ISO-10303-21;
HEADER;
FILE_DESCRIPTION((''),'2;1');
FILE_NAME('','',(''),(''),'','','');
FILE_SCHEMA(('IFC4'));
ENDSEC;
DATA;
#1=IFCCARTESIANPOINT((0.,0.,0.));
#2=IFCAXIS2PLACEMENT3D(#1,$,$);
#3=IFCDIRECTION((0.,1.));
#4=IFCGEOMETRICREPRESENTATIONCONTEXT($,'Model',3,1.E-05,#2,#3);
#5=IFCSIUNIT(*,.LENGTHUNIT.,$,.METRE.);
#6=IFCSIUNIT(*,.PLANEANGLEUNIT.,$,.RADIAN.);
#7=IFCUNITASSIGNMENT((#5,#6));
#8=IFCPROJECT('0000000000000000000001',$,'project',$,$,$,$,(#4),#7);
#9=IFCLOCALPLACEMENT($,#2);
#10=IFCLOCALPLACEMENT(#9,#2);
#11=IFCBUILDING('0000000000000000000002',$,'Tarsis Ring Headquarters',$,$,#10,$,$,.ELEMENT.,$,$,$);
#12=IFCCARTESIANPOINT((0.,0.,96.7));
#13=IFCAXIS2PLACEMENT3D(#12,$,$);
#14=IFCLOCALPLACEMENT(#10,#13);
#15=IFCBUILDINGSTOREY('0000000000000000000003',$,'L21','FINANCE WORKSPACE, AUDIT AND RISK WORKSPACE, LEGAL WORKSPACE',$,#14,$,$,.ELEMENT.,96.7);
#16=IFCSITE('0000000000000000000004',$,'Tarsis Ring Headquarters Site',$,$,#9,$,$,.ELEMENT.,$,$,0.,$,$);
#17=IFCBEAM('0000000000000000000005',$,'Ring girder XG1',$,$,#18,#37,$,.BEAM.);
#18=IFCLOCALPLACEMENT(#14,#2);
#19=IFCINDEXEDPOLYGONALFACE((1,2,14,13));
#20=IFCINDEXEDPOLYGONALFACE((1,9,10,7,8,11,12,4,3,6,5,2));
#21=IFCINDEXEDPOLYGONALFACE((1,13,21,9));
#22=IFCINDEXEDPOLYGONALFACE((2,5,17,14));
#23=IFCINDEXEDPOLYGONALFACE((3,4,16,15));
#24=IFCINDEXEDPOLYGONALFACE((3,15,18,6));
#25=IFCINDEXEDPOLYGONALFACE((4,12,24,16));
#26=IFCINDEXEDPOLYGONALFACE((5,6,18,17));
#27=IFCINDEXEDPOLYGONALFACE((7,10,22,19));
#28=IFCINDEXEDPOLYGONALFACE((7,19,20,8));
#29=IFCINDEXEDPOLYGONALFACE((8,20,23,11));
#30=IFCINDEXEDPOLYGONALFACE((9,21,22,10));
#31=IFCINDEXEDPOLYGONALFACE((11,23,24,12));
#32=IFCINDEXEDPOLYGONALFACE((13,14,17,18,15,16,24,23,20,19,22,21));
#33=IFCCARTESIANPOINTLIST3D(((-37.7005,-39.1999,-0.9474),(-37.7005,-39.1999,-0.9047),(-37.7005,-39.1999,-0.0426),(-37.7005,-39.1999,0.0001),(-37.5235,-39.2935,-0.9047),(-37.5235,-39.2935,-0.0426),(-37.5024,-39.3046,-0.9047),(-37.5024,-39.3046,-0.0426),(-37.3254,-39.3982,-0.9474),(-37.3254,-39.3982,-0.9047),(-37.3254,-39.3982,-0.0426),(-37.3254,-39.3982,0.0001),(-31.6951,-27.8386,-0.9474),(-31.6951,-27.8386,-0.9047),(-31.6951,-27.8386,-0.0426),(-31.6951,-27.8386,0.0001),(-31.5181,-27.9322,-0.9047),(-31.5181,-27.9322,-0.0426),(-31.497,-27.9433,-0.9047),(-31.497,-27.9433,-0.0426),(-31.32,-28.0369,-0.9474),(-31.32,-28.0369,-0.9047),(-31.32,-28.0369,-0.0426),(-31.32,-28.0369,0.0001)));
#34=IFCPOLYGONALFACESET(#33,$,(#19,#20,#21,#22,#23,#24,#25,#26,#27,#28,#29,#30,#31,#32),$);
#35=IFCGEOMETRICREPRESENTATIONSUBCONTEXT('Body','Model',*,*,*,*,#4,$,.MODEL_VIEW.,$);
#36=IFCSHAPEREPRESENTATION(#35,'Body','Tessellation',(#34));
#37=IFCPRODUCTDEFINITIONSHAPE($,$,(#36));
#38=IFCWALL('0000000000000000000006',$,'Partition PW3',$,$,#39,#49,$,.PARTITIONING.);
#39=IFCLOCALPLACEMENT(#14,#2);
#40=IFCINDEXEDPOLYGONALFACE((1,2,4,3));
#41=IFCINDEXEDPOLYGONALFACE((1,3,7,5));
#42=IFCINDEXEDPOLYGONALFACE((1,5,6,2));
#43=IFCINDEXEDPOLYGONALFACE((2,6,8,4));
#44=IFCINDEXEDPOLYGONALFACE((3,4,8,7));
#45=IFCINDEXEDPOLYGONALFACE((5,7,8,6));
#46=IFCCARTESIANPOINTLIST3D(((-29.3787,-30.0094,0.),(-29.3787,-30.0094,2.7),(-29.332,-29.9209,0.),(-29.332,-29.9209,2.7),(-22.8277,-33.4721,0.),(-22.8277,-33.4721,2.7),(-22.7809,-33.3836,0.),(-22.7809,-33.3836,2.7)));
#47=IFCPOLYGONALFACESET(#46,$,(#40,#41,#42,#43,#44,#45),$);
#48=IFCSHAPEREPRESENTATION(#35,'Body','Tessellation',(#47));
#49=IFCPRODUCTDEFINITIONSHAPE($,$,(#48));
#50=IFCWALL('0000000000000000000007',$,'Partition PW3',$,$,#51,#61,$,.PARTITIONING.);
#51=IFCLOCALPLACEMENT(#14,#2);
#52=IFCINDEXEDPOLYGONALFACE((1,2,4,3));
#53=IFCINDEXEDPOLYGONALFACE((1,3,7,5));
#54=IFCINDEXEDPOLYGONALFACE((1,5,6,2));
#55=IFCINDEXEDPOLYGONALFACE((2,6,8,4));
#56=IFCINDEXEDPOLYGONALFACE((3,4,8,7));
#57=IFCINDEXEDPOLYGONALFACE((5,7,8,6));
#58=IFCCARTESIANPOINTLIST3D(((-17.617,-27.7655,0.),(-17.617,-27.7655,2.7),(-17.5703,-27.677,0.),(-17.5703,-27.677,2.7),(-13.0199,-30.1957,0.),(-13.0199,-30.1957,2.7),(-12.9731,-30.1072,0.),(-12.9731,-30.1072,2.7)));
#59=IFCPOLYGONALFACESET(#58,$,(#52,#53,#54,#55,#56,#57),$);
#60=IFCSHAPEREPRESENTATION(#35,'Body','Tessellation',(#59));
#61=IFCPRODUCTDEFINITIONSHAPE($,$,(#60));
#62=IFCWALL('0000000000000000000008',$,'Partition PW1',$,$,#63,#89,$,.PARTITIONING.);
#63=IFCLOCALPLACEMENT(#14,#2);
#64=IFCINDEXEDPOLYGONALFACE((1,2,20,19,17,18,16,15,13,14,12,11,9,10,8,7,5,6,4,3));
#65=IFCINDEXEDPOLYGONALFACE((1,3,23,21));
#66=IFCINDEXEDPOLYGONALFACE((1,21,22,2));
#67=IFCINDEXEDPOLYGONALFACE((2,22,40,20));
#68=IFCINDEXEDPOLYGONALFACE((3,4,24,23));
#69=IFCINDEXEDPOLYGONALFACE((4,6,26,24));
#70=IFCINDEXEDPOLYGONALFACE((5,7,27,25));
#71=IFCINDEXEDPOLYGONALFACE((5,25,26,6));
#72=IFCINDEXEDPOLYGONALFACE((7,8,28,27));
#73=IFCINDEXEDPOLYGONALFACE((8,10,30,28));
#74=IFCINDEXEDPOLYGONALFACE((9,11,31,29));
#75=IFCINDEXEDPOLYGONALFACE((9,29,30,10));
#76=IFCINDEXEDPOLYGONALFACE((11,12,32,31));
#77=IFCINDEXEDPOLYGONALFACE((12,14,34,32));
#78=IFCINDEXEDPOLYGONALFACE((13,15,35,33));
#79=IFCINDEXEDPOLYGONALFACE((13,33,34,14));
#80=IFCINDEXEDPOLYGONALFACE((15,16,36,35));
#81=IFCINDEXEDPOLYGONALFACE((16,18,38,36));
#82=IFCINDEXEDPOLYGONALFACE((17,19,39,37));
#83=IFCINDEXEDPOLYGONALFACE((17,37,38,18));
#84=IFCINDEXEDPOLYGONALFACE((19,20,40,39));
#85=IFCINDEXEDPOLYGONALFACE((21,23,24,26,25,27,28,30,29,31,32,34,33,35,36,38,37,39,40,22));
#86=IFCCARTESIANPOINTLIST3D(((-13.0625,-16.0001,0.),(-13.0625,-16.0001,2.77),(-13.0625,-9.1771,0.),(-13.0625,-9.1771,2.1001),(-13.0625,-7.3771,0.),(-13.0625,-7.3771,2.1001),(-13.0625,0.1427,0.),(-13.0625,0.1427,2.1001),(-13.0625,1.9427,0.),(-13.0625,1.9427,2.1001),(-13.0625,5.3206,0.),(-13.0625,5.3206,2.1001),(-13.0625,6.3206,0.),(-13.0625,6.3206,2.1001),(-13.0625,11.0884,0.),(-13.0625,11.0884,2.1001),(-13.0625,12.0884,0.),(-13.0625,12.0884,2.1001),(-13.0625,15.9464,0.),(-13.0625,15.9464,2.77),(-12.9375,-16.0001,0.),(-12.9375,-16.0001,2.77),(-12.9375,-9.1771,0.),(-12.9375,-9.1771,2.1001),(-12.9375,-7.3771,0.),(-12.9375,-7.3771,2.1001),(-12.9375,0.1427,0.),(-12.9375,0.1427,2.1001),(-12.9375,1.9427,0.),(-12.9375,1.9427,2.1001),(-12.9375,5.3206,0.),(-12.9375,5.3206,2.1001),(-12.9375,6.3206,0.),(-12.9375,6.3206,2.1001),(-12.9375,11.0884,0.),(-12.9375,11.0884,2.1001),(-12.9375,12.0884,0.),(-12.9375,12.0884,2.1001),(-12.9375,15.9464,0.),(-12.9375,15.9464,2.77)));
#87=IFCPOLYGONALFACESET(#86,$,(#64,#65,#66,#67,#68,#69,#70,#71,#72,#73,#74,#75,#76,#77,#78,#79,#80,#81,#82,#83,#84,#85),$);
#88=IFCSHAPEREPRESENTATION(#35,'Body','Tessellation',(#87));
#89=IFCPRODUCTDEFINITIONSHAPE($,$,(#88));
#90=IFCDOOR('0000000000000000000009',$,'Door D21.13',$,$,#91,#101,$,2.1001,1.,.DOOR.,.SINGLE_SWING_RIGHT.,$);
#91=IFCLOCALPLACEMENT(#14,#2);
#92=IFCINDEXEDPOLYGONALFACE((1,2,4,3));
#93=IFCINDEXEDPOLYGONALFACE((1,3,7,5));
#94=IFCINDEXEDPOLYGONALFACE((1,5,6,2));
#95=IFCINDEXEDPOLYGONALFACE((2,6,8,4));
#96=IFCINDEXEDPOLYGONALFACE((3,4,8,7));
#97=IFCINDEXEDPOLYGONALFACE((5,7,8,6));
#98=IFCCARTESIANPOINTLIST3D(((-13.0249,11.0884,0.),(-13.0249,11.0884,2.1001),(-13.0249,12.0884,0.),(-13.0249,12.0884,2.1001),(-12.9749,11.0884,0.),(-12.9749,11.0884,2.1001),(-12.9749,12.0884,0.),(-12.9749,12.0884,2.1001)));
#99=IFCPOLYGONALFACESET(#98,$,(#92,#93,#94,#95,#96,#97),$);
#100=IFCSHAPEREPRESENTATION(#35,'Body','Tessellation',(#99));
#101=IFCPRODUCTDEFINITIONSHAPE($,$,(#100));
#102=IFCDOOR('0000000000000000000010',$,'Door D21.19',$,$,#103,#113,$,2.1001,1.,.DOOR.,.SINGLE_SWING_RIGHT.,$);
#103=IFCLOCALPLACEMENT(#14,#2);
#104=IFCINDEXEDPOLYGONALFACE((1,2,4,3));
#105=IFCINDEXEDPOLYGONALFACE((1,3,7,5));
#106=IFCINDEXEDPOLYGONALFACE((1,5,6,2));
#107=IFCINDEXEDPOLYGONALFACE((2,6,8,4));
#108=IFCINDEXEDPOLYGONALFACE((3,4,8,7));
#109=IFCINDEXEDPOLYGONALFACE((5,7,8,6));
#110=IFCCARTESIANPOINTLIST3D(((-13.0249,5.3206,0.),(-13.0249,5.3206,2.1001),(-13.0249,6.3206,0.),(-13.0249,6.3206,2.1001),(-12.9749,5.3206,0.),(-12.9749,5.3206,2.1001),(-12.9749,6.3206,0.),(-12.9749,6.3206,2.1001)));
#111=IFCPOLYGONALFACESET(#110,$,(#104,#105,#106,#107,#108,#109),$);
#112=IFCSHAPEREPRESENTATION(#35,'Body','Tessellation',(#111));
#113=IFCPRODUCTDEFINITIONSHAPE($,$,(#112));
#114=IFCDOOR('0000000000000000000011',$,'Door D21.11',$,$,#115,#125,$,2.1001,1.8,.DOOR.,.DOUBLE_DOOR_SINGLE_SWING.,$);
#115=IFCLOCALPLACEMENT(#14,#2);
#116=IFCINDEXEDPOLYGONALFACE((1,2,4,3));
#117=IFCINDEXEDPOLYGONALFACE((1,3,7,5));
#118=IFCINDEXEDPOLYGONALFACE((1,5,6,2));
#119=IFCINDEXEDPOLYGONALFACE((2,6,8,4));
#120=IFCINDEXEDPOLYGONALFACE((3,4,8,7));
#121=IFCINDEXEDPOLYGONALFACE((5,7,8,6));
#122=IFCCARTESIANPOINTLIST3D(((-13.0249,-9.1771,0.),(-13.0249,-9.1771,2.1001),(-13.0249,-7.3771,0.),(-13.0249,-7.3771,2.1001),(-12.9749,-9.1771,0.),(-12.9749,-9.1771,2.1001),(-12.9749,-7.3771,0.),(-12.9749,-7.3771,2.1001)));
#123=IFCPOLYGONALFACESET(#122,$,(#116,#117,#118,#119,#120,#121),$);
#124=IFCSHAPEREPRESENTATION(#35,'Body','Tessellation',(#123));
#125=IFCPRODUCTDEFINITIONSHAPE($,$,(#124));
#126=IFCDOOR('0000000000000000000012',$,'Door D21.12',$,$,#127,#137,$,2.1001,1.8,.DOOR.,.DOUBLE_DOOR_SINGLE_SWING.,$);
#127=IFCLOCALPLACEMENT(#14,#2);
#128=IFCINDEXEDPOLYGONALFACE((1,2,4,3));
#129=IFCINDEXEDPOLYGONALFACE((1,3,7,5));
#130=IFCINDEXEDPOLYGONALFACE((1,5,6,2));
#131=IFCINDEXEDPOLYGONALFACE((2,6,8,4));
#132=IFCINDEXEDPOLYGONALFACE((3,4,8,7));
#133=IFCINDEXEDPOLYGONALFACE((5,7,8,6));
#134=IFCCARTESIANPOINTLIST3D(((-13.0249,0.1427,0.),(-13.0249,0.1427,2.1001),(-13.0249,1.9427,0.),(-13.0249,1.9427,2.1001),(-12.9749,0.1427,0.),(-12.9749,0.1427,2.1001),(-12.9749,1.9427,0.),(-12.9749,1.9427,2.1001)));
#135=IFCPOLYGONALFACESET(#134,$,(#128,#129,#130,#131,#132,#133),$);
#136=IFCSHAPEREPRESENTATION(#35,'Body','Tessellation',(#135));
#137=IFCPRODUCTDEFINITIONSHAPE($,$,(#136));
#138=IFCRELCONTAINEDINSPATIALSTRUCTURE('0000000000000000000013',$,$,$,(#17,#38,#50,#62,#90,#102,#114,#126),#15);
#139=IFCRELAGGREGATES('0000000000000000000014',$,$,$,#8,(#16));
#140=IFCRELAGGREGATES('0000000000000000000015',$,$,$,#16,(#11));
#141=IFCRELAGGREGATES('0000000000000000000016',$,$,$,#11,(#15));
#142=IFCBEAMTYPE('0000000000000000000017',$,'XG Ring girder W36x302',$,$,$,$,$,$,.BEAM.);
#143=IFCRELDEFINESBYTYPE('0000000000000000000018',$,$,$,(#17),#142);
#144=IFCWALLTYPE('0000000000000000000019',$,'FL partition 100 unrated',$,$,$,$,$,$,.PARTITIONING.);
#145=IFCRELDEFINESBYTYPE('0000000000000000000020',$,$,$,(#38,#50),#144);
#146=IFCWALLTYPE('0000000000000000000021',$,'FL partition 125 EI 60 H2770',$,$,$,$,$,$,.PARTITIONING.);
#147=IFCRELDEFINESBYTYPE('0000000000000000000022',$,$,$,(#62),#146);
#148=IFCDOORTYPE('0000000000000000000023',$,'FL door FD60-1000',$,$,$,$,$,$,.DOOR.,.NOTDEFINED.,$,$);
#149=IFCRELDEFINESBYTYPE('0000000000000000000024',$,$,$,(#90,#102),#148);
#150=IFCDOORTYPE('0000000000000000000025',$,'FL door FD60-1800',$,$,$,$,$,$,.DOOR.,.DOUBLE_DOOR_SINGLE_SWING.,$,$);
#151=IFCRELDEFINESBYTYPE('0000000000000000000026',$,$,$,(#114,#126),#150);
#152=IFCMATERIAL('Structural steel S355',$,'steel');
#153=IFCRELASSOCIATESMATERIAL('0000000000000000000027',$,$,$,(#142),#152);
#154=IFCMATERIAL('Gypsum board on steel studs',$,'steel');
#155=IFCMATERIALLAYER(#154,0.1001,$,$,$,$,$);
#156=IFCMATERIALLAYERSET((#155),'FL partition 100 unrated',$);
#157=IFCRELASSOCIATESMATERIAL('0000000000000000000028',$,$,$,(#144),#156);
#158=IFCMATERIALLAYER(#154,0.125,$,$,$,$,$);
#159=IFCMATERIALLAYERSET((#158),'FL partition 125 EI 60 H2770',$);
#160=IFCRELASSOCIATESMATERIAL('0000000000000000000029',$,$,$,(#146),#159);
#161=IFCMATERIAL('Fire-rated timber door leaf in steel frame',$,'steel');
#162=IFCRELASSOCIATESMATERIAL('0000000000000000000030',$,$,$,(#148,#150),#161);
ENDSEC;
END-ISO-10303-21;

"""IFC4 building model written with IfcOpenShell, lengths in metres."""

from ifc_helpers import new_model, si_unit, direction, frame, frame_2d, origin, origin_2d, place, context, subcontext, project, spatial, rectangle, i_section, extrude, material, layer, layer_set, material_profile, profile_set, type_object, element, fill, save


model = new_model("IFC4")

# Units and contexts
model_context = context("Model", 3, precision=1e-05, world=origin(), true_north=direction((0.0, 1.0)))
body_context = subcontext(model_context, "Body", "Model", "MODEL_VIEW")
ifc_project = project(units=[si_unit("LENGTHUNIT", "METRE"), si_unit("PLANEANGLEUNIT", "RADIAN")], contexts=[model_context])

# Site, building, storey
site_placement = place(None, origin())
site = spatial("IfcSite", under=ifc_project, at=site_placement, Name="Tarsis Ring Headquarters Site", CompositionType="ELEMENT", RefElevation=0.0)
building_placement = place(site_placement, origin())
building = spatial("IfcBuilding", under=site, at=building_placement, Name="Tarsis Ring Headquarters", CompositionType="ELEMENT")
storey_placement = place(building_placement, frame((0.0, 0.0, 96.7)))
storey = spatial("IfcBuildingStorey", under=building, at=storey_placement, Name="L21", Description="FINANCE WORKSPACE, AUDIT AND RISK WORKSPACE, LEGAL WORKSPACE", CompositionType="ELEMENT", Elevation=96.7)

# Shared definitions
ifc_material_1 = material(Name="Structural steel S355", Category="steel")

# Beam
ifc_material_profile_1 = material_profile(ifc_material_1, i_section(OverallWidth=0.4243, OverallDepth=0.9475, WebThickness=0.0239, FlangeThickness=0.0427, at=origin_2d()), Name="W36x302")
ifc_profile_set_1 = profile_set([ifc_material_profile_1], Name="Structural steel S355")
beam_type_1 = type_object("IfcBeamType", Name="XG Ring girder W36x302", PredefinedType="BEAM", material=ifc_profile_set_1)
beam_1_placement = place(storey_placement, frame((-31.5076, -27.9377, -0.4736), z_axis=(-0.467313, -0.884092, 0.0), x_axis=(0.884092, -0.467313, 0.0)))
element("IfcBeam", 1, at=beam_1_placement, inside=storey, type_object=beam_type_1, Name="Ring girder XG1", PredefinedType="BEAM", context=body_context, shape_type="SweptSolid", body=[
    extrude(i_section(OverallWidth=0.4243, OverallDepth=0.9475, WebThickness=0.0239, FlangeThickness=0.0427, at=origin_2d()), origin(), (0.0, 0.0, 1.0), 12.8508),
])

# Walls
ifc_material_2 = material(Name="Gypsum board on steel studs", Category="steel")
ifc_layer_1 = layer(ifc_material_2, 0.1001)
ifc_layer_set_1 = layer_set([ifc_layer_1], Name="FL partition 100 unrated")
wall_type_1 = type_object("IfcWallType", Name="FL partition 100 unrated", PredefinedType="PARTITIONING", material=ifc_layer_set_1)
wall_1_placement = place(storey_placement, frame((-29.3555, -29.9651, 0.0), z_axis=(0.0, 0.0, 1.0), x_axis=(0.884097, -0.467303, 0.0)))
element("IfcWall", 2, at=wall_1_placement, inside=storey, type_object=wall_type_1, Name="Partition PW3", PredefinedType="PARTITIONING", context=body_context, shape_type="SweptSolid", body=[
    extrude(rectangle(XDim=7.4099, YDim=0.1001, at=frame_2d((3.7051, 0.0))), origin(), (0.0, 0.0, 1.0), 2.7),
])
wall_2_placement = place(storey_placement, frame((-17.5938, -27.7212, 0.0), z_axis=(0.0, 0.0, 1.0), x_axis=(0.884076, -0.467344, 0.0)))
element("IfcWall", 3, at=wall_2_placement, inside=storey, type_object=wall_type_1, Name="Partition PW3", PredefinedType="PARTITIONING", context=body_context, shape_type="SweptSolid", body=[
    extrude(rectangle(XDim=5.2, YDim=0.1001, at=frame_2d((2.6001, 0.0))), origin(), (0.0, 0.0, 1.0), 2.7),
])

# Wall, openings, doors
ifc_layer_2 = layer(ifc_material_2, 0.125)
ifc_layer_set_2 = layer_set([ifc_layer_2], Name="FL partition 125 EI 60 H2770")
wall_type_2 = type_object("IfcWallType", Name="FL partition 125 EI 60 H2770", PredefinedType="PARTITIONING", material=ifc_layer_set_2)
wall_3_placement = place(storey_placement, frame((-13.0, -16.0, 0.0), z_axis=(0.0, 0.0, 1.0), x_axis=(0.0, 1.0, 0.0)))
wall_3 = element("IfcWall", 4, at=wall_3_placement, inside=storey, type_object=wall_type_2, Name="Partition PW1", PredefinedType="PARTITIONING", context=body_context, shape_type="SweptSolid", body=[
    extrude(rectangle(XDim=31.9465, YDim=0.125, at=frame_2d((15.9731, 0.0))), origin(), (0.0, 0.0, 1.0), 2.77),
])
opening_1_placement = place(wall_3_placement, frame((6.823, 0.0, 0.0)))
opening_1 = element("IfcOpeningElement", 5, at=opening_1_placement, cuts=wall_3, PredefinedType="OPENING", context=body_context, shape_type="SweptSolid", body=[
    extrude(rectangle(XDim=1.8, YDim=2.1001, at=frame_2d((0.8999, 1.05))), frame((0.0, 0.0725, 0.0), z_axis=(0.0, -1.0, 0.0), x_axis=(1.0, 0.0, 0.0)), (0.0, 0.0, 1.0), 0.145),
])
opening_2_placement = place(wall_3_placement, frame((16.1428, 0.0, 0.0)))
opening_2 = element("IfcOpeningElement", 6, at=opening_2_placement, cuts=wall_3, PredefinedType="OPENING", context=body_context, shape_type="SweptSolid", body=[
    extrude(rectangle(XDim=1.8, YDim=2.1001, at=frame_2d((0.8999, 1.05))), frame((0.0, 0.0725, 0.0), z_axis=(0.0, -1.0, 0.0), x_axis=(1.0, 0.0, 0.0)), (0.0, 0.0, 1.0), 0.145),
])
opening_3_placement = place(wall_3_placement, frame((27.0884, 0.0, 0.0)))
opening_3 = element("IfcOpeningElement", 7, at=opening_3_placement, cuts=wall_3, PredefinedType="OPENING", context=body_context, shape_type="SweptSolid", body=[
    extrude(rectangle(XDim=1.0, YDim=2.1001, at=frame_2d((0.5, 1.05))), frame((0.0, 0.0725, 0.0), z_axis=(0.0, -1.0, 0.0), x_axis=(1.0, 0.0, 0.0)), (0.0, 0.0, 1.0), 0.145),
])
opening_4_placement = place(wall_3_placement, frame((21.3206, 0.0, 0.0)))
opening_4 = element("IfcOpeningElement", 8, at=opening_4_placement, cuts=wall_3, PredefinedType="OPENING", context=body_context, shape_type="SweptSolid", body=[
    extrude(rectangle(XDim=1.0, YDim=2.1001, at=frame_2d((0.5, 1.05))), frame((0.0, 0.0725, 0.0), z_axis=(0.0, -1.0, 0.0), x_axis=(1.0, 0.0, 0.0)), (0.0, 0.0, 1.0), 0.145),
])
ifc_material_3 = material(Name="Fire-rated timber door leaf in steel frame", Category="steel")
door_type_1 = type_object("IfcDoorType", Name="FL door FD60-1000", OperationType="NOTDEFINED", PredefinedType="DOOR", material=ifc_material_3)
door_1_placement = place(opening_3_placement, origin())
door_1 = element("IfcDoor", 9, at=door_1_placement, inside=storey, type_object=door_type_1, Name="Door D21.13", OperationType="SINGLE_SWING_RIGHT", OverallHeight=2.1001, OverallWidth=1.0, PredefinedType="DOOR", context=body_context, shape_type="SweptSolid", body=[
    extrude(rectangle(XDim=1.0, YDim=2.1001, at=frame_2d((0.5, 1.05))), frame((0.0, 0.0249, 0.0), z_axis=(0.0, -1.0, 0.0), x_axis=(1.0, 0.0, 0.0)), (0.0, 0.0, 1.0), 0.05),
])
fill(opening_3, door_1)
door_2_placement = place(opening_4_placement, origin())
door_2 = element("IfcDoor", 10, at=door_2_placement, inside=storey, type_object=door_type_1, Name="Door D21.19", OperationType="SINGLE_SWING_RIGHT", OverallHeight=2.1001, OverallWidth=1.0, PredefinedType="DOOR", context=body_context, shape_type="SweptSolid", body=[
    extrude(rectangle(XDim=1.0, YDim=2.1001, at=frame_2d((0.5, 1.05))), frame((0.0, 0.0249, 0.0), z_axis=(0.0, -1.0, 0.0), x_axis=(1.0, 0.0, 0.0)), (0.0, 0.0, 1.0), 0.05),
])
fill(opening_4, door_2)
door_type_2 = type_object("IfcDoorType", Name="FL door FD60-1800", OperationType="DOUBLE_DOOR_SINGLE_SWING", PredefinedType="DOOR", material=ifc_material_3)
door_3_placement = place(opening_1_placement, origin())
door_3 = element("IfcDoor", 11, at=door_3_placement, inside=storey, type_object=door_type_2, Name="Door D21.11", OperationType="DOUBLE_DOOR_SINGLE_SWING", OverallHeight=2.1001, OverallWidth=1.8, PredefinedType="DOOR", context=body_context, shape_type="SweptSolid", body=[
    extrude(rectangle(XDim=1.8, YDim=2.1001, at=frame_2d((0.8999, 1.05))), frame((0.0, 0.0249, 0.0), z_axis=(0.0, -1.0, 0.0), x_axis=(1.0, 0.0, 0.0)), (0.0, 0.0, 1.0), 0.05),
])
fill(opening_1, door_3)
door_4_placement = place(opening_2_placement, origin())
door_4 = element("IfcDoor", 12, at=door_4_placement, inside=storey, type_object=door_type_2, Name="Door D21.12", OperationType="DOUBLE_DOOR_SINGLE_SWING", OverallHeight=2.1001, OverallWidth=1.8, PredefinedType="DOOR", context=body_context, shape_type="SweptSolid", body=[
    extrude(rectangle(XDim=1.8, YDim=2.1001, at=frame_2d((0.8999, 1.05))), frame((0.0, 0.0249, 0.0), z_axis=(0.0, -1.0, 0.0), x_axis=(1.0, 0.0, 0.0)), (0.0, 0.0, 1.0), 0.05),
])
fill(opening_2, door_4)

save(model, "model.ifc")
